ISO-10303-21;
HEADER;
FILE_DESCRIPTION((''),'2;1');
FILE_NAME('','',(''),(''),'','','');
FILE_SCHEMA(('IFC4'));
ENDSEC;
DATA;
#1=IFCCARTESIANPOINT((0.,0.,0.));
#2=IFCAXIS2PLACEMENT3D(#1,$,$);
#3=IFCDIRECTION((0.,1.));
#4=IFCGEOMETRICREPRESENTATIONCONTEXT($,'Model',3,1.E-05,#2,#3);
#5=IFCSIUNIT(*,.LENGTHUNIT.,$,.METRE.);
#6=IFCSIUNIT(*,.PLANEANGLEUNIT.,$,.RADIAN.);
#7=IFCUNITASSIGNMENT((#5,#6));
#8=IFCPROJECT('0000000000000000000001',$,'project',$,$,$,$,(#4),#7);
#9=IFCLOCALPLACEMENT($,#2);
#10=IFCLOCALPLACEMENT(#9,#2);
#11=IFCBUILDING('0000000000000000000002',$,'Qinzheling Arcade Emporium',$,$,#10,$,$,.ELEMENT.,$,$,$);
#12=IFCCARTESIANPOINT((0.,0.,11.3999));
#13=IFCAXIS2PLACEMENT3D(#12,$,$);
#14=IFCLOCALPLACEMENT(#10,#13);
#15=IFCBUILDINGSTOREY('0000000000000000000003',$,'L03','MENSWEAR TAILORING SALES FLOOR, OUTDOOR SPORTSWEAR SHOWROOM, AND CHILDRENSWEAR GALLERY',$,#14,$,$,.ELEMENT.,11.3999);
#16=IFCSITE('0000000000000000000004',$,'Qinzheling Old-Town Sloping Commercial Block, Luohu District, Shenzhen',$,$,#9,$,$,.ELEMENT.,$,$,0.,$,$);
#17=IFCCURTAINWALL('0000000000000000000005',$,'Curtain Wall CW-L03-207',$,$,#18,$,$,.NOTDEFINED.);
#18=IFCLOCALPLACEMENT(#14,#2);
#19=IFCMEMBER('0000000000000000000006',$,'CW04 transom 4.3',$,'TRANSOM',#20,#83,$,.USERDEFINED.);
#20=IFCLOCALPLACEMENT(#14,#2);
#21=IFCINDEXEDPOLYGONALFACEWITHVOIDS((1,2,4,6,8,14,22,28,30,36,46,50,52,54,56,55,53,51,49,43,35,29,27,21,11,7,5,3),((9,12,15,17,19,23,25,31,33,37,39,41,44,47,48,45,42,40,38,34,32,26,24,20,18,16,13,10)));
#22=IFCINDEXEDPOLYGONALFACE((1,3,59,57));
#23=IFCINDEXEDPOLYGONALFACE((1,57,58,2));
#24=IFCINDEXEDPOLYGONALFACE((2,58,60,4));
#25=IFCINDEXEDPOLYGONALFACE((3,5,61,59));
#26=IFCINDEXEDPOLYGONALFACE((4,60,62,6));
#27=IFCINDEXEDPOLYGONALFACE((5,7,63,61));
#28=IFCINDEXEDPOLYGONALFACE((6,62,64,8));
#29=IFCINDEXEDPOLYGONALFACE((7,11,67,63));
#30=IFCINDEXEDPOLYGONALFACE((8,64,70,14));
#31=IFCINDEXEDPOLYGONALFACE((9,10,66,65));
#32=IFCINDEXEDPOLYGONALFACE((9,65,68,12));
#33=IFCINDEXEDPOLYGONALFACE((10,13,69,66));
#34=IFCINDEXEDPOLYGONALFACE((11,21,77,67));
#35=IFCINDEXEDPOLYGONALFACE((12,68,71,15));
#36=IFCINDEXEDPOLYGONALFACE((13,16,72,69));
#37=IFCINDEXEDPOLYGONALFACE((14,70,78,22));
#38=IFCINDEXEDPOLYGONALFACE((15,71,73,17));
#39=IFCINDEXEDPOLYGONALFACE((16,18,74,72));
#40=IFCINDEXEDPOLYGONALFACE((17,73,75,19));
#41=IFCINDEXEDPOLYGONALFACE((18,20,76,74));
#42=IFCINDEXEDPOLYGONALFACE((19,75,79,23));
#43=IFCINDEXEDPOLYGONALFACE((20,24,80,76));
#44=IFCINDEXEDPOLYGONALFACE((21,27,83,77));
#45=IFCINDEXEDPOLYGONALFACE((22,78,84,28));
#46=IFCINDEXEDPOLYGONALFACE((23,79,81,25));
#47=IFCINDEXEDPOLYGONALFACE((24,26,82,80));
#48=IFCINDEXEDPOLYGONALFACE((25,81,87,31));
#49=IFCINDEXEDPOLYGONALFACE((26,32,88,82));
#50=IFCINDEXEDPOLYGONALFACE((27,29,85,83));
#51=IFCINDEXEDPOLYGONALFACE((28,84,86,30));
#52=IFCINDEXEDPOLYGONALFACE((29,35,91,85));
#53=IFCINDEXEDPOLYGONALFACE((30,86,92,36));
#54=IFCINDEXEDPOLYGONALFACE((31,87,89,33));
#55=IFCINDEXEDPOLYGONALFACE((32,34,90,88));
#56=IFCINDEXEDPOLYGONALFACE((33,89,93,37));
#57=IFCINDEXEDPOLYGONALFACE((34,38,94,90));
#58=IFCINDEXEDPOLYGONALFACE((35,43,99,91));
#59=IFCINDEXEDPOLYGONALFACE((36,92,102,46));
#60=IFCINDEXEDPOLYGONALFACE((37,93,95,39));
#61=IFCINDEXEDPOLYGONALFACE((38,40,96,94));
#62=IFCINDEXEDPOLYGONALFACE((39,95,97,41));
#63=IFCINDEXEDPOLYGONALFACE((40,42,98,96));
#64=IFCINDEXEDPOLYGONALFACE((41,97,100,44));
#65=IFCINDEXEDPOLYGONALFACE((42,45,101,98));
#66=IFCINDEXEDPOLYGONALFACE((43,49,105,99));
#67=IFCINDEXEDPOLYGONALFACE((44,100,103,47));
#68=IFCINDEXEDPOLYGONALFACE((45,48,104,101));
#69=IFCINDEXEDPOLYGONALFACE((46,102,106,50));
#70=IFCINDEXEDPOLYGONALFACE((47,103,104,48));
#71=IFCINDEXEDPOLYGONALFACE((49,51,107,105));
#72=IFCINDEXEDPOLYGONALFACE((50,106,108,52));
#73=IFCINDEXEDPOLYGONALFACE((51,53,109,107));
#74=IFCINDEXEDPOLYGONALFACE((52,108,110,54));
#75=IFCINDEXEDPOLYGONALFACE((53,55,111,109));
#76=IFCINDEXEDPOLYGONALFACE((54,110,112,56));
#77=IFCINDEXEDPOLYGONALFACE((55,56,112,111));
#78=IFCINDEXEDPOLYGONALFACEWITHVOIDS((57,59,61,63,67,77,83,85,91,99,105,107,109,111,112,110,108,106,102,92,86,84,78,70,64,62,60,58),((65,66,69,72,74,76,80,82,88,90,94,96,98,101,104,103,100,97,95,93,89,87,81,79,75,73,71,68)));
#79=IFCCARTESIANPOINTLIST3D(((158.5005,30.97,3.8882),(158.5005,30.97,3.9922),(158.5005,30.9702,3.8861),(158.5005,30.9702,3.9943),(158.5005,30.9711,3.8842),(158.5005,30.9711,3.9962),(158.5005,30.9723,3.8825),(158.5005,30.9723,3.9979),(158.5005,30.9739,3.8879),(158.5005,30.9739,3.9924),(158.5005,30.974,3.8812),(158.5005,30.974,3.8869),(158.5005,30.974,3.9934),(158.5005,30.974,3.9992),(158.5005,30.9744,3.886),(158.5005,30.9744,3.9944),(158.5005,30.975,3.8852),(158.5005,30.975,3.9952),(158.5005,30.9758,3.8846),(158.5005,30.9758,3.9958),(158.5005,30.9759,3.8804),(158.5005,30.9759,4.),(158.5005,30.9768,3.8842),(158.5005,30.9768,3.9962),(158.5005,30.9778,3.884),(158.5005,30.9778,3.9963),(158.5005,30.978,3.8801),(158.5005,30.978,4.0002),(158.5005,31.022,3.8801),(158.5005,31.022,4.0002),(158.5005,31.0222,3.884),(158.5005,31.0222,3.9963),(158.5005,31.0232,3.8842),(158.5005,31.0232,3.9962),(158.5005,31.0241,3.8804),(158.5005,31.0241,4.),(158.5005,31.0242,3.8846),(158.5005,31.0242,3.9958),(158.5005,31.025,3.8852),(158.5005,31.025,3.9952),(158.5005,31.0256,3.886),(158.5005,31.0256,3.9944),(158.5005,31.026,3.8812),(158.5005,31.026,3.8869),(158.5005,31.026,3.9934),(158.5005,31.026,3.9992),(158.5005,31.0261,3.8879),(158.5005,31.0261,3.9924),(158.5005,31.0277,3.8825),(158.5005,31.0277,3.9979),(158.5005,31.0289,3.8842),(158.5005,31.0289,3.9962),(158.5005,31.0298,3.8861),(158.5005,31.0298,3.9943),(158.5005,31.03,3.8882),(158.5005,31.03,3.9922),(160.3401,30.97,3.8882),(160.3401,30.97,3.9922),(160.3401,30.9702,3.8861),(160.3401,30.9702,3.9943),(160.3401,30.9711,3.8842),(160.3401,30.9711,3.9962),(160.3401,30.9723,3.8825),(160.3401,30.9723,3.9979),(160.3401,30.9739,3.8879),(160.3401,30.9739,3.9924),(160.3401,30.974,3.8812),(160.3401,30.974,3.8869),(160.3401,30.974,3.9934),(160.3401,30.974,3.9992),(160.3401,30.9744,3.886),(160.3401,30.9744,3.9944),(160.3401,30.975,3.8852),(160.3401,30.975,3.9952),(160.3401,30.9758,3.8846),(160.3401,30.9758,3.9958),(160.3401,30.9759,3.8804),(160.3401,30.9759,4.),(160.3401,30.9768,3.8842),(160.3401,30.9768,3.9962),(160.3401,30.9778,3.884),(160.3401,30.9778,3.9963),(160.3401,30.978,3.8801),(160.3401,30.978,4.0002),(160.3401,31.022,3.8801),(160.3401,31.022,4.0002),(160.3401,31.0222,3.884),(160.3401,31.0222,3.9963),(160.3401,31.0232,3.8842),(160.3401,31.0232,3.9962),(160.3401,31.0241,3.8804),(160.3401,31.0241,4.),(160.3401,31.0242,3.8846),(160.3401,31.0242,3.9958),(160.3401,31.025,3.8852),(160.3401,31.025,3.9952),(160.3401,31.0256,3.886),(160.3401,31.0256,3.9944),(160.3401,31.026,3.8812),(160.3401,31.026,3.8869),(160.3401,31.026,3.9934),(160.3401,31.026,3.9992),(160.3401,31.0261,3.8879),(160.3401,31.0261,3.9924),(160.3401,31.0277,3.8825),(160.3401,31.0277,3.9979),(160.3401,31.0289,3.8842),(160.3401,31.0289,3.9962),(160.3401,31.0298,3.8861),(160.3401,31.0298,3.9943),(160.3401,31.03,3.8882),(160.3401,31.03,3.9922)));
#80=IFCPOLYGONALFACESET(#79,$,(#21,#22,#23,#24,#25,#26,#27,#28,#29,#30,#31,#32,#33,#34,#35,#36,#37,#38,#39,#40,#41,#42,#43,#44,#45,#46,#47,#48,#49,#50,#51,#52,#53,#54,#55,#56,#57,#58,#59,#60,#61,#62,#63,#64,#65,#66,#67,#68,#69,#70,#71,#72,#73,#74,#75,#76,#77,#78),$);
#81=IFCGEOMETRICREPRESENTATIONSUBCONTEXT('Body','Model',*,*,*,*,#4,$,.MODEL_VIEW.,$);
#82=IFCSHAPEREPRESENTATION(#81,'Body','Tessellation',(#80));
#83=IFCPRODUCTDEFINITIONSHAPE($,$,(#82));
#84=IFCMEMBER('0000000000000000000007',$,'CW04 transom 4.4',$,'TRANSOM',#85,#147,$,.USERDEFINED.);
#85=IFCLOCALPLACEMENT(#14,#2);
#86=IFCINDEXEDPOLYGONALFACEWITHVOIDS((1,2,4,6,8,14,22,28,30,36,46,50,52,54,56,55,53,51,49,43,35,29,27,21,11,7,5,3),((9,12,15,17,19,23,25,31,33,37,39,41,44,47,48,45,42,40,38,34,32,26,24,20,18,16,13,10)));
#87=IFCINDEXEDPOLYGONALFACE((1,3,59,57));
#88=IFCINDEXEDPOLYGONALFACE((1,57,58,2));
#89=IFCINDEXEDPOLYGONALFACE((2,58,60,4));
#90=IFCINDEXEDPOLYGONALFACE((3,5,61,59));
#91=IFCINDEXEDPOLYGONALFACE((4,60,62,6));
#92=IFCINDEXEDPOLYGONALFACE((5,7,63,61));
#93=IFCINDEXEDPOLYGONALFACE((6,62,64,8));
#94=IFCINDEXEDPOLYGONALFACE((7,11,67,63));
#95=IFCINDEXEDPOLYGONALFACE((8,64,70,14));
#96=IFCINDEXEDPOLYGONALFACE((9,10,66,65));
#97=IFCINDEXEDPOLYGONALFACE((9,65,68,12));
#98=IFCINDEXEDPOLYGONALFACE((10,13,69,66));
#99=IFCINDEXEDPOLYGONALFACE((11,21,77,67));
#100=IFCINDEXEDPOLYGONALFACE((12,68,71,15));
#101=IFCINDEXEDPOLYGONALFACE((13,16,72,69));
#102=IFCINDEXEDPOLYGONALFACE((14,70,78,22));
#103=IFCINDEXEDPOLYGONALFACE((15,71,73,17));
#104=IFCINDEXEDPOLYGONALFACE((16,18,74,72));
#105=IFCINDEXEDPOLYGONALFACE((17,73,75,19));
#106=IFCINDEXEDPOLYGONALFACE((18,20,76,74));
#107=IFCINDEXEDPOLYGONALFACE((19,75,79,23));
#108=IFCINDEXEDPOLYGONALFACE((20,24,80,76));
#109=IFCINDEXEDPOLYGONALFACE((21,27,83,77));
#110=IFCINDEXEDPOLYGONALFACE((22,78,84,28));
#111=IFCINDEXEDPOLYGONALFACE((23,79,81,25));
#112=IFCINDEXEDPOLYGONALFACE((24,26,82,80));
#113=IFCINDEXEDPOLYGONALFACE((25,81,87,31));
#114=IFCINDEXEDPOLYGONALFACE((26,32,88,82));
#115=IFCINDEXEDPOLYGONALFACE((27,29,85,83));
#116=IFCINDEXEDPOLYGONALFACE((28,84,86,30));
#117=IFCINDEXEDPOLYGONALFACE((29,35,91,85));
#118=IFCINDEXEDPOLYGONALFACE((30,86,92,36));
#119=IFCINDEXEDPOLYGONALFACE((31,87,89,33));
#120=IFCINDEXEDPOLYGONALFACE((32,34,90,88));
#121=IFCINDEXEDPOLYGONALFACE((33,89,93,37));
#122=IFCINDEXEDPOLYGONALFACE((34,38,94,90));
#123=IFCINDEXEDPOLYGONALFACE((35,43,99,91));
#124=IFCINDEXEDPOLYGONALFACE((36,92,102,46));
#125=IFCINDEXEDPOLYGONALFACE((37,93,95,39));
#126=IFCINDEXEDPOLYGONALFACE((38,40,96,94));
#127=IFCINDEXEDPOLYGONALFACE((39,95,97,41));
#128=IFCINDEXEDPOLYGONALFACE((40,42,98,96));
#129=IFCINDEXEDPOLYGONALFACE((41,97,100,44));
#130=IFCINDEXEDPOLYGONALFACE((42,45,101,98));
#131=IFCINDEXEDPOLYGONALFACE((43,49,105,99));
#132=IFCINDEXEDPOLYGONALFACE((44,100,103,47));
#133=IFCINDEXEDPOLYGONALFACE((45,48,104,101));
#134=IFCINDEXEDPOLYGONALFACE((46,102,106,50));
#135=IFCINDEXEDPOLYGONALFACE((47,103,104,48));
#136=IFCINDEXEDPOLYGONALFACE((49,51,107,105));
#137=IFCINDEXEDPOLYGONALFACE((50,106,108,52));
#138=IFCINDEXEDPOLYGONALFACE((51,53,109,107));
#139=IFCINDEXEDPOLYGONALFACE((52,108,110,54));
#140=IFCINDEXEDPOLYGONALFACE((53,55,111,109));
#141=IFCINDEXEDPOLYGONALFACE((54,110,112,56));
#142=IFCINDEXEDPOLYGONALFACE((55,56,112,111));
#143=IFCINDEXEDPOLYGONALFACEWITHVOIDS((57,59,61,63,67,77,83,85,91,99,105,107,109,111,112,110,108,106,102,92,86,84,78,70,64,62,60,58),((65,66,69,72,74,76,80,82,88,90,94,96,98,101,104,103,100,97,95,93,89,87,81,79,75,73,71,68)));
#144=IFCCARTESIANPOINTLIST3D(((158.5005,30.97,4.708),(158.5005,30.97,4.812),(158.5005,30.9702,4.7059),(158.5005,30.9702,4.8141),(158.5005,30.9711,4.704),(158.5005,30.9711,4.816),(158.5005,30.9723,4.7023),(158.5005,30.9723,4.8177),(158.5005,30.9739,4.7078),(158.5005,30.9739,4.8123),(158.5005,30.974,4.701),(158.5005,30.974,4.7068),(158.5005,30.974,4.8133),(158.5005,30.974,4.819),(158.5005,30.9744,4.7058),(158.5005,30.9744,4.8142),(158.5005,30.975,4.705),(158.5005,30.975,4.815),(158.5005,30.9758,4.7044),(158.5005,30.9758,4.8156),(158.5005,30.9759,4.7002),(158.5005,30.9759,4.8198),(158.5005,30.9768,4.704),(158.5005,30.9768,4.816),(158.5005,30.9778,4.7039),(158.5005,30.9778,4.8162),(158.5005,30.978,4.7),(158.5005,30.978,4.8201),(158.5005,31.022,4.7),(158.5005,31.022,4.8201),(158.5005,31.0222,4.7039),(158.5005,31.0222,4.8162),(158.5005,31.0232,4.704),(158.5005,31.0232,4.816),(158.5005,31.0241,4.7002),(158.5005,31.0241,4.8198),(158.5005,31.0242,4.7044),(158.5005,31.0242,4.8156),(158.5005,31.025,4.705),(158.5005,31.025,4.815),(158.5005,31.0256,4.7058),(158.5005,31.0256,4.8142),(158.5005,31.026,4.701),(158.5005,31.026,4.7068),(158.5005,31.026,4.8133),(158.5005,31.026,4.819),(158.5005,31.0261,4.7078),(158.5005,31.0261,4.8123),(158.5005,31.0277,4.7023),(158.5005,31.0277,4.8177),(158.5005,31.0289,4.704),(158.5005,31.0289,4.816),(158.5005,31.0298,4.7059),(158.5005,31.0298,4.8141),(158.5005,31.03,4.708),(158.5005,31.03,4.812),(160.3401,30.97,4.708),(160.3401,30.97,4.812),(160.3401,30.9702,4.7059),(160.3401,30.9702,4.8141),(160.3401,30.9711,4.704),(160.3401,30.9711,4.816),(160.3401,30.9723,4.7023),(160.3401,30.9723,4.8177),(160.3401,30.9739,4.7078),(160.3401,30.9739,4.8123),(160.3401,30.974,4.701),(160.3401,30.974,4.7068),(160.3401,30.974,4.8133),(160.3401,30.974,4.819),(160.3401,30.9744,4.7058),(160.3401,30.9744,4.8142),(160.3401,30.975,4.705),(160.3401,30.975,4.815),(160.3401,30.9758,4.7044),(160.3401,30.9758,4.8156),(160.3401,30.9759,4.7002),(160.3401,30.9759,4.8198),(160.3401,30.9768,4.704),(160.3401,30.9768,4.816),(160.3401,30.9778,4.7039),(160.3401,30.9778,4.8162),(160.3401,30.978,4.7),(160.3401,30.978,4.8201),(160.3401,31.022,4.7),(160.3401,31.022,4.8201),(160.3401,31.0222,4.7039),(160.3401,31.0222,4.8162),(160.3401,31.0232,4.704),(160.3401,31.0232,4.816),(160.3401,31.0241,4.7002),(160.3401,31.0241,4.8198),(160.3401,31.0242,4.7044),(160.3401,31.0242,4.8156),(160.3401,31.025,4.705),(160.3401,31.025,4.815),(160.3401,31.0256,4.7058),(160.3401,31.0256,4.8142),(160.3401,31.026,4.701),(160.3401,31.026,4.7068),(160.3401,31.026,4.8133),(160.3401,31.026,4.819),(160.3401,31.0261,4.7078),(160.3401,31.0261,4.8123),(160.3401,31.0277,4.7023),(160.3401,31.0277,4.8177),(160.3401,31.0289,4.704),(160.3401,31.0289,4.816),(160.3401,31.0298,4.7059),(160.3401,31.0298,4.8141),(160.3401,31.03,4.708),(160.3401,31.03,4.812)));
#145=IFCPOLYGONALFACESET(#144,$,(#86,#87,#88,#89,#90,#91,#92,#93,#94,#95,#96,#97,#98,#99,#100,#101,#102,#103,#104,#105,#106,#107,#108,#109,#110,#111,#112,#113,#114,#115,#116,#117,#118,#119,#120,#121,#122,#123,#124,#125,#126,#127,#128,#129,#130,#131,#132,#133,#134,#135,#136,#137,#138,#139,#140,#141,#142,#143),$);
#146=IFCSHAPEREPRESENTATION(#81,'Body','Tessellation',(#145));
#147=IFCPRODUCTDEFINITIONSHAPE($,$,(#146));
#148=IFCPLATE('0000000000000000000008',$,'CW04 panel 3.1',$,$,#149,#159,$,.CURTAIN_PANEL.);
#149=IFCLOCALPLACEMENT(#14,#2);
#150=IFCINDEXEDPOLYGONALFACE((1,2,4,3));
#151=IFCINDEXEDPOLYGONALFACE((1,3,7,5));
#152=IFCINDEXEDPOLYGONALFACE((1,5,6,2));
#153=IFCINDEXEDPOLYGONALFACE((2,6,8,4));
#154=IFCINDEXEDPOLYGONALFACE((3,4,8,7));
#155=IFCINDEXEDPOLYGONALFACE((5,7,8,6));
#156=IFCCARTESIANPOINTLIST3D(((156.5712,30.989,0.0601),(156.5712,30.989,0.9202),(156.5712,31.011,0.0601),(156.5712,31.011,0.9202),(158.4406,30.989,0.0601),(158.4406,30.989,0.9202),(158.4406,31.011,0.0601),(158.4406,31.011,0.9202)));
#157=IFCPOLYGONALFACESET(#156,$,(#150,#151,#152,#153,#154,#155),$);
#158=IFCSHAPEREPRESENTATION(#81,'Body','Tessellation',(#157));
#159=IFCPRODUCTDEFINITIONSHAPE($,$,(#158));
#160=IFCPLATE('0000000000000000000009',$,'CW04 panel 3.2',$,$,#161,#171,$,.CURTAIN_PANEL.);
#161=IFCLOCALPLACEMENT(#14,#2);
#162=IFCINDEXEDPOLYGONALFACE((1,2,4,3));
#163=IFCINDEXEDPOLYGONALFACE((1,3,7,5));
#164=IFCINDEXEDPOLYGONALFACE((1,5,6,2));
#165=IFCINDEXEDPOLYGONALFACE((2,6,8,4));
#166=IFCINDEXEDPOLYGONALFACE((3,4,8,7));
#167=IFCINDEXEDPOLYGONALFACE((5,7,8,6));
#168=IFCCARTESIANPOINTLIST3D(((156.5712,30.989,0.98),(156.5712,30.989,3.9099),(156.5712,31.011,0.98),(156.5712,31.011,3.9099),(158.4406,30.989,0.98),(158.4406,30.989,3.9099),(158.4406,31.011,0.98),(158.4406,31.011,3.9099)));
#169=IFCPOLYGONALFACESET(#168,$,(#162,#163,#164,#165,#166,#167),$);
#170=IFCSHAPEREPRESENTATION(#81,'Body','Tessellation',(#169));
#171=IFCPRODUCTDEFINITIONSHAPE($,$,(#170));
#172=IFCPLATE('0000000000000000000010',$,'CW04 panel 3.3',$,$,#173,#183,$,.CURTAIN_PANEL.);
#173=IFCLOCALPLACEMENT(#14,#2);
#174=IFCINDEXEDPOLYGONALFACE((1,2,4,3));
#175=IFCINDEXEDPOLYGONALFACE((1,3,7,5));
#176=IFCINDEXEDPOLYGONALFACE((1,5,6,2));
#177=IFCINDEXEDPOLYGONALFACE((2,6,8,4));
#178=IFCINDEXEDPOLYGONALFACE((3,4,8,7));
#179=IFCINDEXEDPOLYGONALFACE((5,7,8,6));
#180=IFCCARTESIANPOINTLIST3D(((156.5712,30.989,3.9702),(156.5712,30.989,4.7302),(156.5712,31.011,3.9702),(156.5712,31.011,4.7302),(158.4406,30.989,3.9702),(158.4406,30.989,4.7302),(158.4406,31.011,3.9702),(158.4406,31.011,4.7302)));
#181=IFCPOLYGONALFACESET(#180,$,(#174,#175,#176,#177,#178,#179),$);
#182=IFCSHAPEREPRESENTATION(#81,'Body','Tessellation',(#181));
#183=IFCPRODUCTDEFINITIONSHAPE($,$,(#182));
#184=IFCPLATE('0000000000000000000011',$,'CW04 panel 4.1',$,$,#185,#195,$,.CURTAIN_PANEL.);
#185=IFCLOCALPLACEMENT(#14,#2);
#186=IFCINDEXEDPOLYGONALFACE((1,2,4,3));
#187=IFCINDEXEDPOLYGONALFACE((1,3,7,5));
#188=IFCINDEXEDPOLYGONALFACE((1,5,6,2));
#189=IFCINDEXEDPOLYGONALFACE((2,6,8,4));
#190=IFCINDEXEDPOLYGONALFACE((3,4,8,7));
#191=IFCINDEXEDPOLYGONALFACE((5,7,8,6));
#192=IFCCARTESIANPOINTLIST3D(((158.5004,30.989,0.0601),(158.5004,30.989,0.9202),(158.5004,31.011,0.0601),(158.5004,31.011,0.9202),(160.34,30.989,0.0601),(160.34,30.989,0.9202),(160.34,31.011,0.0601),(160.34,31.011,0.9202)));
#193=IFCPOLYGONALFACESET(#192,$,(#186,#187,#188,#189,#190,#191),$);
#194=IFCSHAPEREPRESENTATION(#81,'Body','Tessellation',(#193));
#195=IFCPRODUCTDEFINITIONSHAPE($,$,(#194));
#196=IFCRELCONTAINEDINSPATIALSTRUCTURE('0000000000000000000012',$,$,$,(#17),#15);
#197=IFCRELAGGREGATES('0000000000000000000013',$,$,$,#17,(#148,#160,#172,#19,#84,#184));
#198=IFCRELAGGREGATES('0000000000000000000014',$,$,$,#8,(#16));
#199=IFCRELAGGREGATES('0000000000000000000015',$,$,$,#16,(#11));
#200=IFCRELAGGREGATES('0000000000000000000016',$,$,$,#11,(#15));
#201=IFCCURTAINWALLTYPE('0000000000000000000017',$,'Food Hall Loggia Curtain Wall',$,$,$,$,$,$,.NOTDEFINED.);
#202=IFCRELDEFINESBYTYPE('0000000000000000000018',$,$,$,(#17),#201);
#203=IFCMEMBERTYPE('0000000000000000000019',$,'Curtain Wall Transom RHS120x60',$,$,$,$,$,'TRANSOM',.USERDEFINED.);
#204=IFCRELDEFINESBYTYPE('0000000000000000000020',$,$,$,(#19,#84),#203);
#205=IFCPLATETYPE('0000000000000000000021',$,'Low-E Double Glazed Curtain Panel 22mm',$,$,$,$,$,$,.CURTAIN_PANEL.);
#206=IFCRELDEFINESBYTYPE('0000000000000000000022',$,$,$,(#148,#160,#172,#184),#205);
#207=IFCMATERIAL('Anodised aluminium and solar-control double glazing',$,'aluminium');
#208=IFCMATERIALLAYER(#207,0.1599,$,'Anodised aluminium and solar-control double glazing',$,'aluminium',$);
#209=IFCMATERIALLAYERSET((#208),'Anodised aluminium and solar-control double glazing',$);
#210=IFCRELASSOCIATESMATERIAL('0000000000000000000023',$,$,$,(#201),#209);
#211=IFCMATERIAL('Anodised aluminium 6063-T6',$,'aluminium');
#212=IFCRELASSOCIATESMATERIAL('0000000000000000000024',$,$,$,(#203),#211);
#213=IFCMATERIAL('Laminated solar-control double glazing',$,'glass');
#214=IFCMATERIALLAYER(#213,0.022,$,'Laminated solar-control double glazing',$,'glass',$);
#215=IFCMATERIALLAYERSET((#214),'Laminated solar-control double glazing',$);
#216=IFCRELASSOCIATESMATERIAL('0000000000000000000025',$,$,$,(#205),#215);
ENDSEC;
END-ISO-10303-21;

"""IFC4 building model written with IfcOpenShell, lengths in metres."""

from ifc_helpers import new_model, si_unit, direction, frame, origin, origin_2d, place, context, subcontext, project, spatial, rectangle, hollow_rectangle, extrude, material, layer, layer_set, material_profile, profile_set, type_object, element, aggregate, save


model = new_model("IFC4")

# Units and contexts
model_context = context("Model", 3, precision=1e-05, world=origin(), true_north=direction((0.0, 1.0)))
body_context = subcontext(model_context, "Body", "Model", "MODEL_VIEW")
ifc_project = project(units=[si_unit("LENGTHUNIT", "METRE"), si_unit("PLANEANGLEUNIT", "RADIAN")], contexts=[model_context])

# Site, building, storey
site_placement = place(None, origin())
site = spatial("IfcSite", under=ifc_project, at=site_placement, Name="Qinzheling Old-Town Sloping Commercial Block, Luohu District, Shenzhen", CompositionType="ELEMENT", RefElevation=0.0)
building_placement = place(site_placement, origin())
building = spatial("IfcBuilding", under=site, at=building_placement, Name="Qinzheling Arcade Emporium", CompositionType="ELEMENT")
storey_placement = place(building_placement, frame((0.0, 0.0, 11.3999)))
storey = spatial("IfcBuildingStorey", under=building, at=storey_placement, Name="L03", Description="MENSWEAR TAILORING SALES FLOOR, OUTDOOR SPORTSWEAR SHOWROOM, AND CHILDRENSWEAR GALLERY", CompositionType="ELEMENT", Elevation=11.3999)

# Curtain wall, members, plates
ifc_material_1 = material(Name="Anodised aluminium and solar-control double glazing", Category="aluminium")
ifc_layer_1 = layer(ifc_material_1, 0.1599, Name="Anodised aluminium and solar-control double glazing", Category="aluminium")
ifc_layer_set_1 = layer_set([ifc_layer_1], Name="Anodised aluminium and solar-control double glazing")
curtain_wall_type = type_object("IfcCurtainWallType", Name="Food Hall Loggia Curtain Wall", PredefinedType="NOTDEFINED", material=ifc_layer_set_1)
curtain_wall_placement = place(storey_placement, origin())
curtain_wall = element("IfcCurtainWall", 1, at=curtain_wall_placement, inside=storey, type_object=curtain_wall_type, Name="Curtain Wall CW-L03-207", PredefinedType="NOTDEFINED")
ifc_material_2 = material(Name="Anodised aluminium 6063-T6", Category="aluminium")
ifc_material_profile_1 = material_profile(ifc_material_2, hollow_rectangle(XDim=0.0601, YDim=0.1201, WallThickness=0.0039, InnerFilletRadius=0.0039, OuterFilletRadius=0.0081, at=origin_2d()), Name="RHS 120x60x4", Category="aluminium")
ifc_profile_set_1 = profile_set([ifc_material_profile_1], Name="Anodised aluminium 6063-T6")
member_type_1 = type_object("IfcMemberType", Name="Curtain Wall Transom RHS120x60", ElementType="TRANSOM", PredefinedType="USERDEFINED", material=ifc_profile_set_1)
member_1_placement = place(storey_placement, frame((158.5005, 31.0, 3.9402), z_axis=(1.0, 0.0, 0.0), x_axis=(0.0, 1.0, 0.0)))
member_1 = element("IfcMember", 2, at=member_1_placement, type_object=member_type_1, Name="CW04 transom 4.3", ObjectType="TRANSOM", PredefinedType="USERDEFINED", context=body_context, shape_type="SweptSolid", body=[
    extrude(hollow_rectangle(XDim=0.0601, YDim=0.1201, WallThickness=0.0039, InnerFilletRadius=0.0039, OuterFilletRadius=0.0081, at=origin_2d()), origin(), (0.0, 0.0, 1.0), 1.8396),
])
member_2_placement = place(storey_placement, frame((158.5005, 31.0, 4.76), z_axis=(1.0, 0.0, 0.0), x_axis=(0.0, 1.0, 0.0)))
member_2 = element("IfcMember", 3, at=member_2_placement, type_object=member_type_1, Name="CW04 transom 4.4", ObjectType="TRANSOM", PredefinedType="USERDEFINED", context=body_context, shape_type="SweptSolid", body=[
    extrude(hollow_rectangle(XDim=0.0601, YDim=0.1201, WallThickness=0.0039, InnerFilletRadius=0.0039, OuterFilletRadius=0.0081, at=origin_2d()), origin(), (0.0, 0.0, 1.0), 1.8396),
])
ifc_material_3 = material(Name="Laminated solar-control double glazing", Category="glass")
ifc_layer_2 = layer(ifc_material_3, 0.022, Name="Laminated solar-control double glazing", Category="glass")
ifc_layer_set_2 = layer_set([ifc_layer_2], Name="Laminated solar-control double glazing")
plate_type = type_object("IfcPlateType", Name="Low-E Double Glazed Curtain Panel 22mm", PredefinedType="CURTAIN_PANEL", material=ifc_layer_set_2)
plate_1_placement = place(storey_placement, frame((157.5059, 31.0, 0.0601), z_axis=(0.0, 0.0, 1.0), x_axis=(1.0, 0.0, 0.0)))
plate_1 = element("IfcPlate", 4, at=plate_1_placement, type_object=plate_type, Name="CW04 panel 3.1", PredefinedType="CURTAIN_PANEL", context=body_context, shape_type="SweptSolid", body=[
    extrude(rectangle(XDim=1.8694, YDim=0.022, at=origin_2d()), origin(), (0.0, 0.0, 1.0), 0.8601),
])
plate_2_placement = place(storey_placement, frame((157.5059, 31.0, 0.98), z_axis=(0.0, 0.0, 1.0), x_axis=(1.0, 0.0, 0.0)))
plate_2 = element("IfcPlate", 5, at=plate_2_placement, type_object=plate_type, Name="CW04 panel 3.2", PredefinedType="CURTAIN_PANEL", context=body_context, shape_type="SweptSolid", body=[
    extrude(rectangle(XDim=1.8694, YDim=0.022, at=origin_2d()), origin(), (0.0, 0.0, 1.0), 2.9299),
])
plate_3_placement = place(storey_placement, frame((157.5059, 31.0, 3.9702), z_axis=(0.0, 0.0, 1.0), x_axis=(1.0, 0.0, 0.0)))
plate_3 = element("IfcPlate", 6, at=plate_3_placement, type_object=plate_type, Name="CW04 panel 3.3", PredefinedType="CURTAIN_PANEL", context=body_context, shape_type="SweptSolid", body=[
    extrude(rectangle(XDim=1.8694, YDim=0.022, at=origin_2d()), origin(), (0.0, 0.0, 1.0), 0.76),
])
plate_4_placement = place(storey_placement, frame((159.4202, 31.0, 0.0601), z_axis=(0.0, 0.0, 1.0), x_axis=(1.0, 0.0, 0.0)))
plate_4 = element("IfcPlate", 7, at=plate_4_placement, type_object=plate_type, Name="CW04 panel 4.1", PredefinedType="CURTAIN_PANEL", context=body_context, shape_type="SweptSolid", body=[
    extrude(rectangle(XDim=1.8396, YDim=0.022, at=origin_2d()), origin(), (0.0, 0.0, 1.0), 0.8601),
])
aggregate(curtain_wall, [plate_1, plate_2, plate_3, member_1, member_2, plate_4])

save(model, "model.ifc")
